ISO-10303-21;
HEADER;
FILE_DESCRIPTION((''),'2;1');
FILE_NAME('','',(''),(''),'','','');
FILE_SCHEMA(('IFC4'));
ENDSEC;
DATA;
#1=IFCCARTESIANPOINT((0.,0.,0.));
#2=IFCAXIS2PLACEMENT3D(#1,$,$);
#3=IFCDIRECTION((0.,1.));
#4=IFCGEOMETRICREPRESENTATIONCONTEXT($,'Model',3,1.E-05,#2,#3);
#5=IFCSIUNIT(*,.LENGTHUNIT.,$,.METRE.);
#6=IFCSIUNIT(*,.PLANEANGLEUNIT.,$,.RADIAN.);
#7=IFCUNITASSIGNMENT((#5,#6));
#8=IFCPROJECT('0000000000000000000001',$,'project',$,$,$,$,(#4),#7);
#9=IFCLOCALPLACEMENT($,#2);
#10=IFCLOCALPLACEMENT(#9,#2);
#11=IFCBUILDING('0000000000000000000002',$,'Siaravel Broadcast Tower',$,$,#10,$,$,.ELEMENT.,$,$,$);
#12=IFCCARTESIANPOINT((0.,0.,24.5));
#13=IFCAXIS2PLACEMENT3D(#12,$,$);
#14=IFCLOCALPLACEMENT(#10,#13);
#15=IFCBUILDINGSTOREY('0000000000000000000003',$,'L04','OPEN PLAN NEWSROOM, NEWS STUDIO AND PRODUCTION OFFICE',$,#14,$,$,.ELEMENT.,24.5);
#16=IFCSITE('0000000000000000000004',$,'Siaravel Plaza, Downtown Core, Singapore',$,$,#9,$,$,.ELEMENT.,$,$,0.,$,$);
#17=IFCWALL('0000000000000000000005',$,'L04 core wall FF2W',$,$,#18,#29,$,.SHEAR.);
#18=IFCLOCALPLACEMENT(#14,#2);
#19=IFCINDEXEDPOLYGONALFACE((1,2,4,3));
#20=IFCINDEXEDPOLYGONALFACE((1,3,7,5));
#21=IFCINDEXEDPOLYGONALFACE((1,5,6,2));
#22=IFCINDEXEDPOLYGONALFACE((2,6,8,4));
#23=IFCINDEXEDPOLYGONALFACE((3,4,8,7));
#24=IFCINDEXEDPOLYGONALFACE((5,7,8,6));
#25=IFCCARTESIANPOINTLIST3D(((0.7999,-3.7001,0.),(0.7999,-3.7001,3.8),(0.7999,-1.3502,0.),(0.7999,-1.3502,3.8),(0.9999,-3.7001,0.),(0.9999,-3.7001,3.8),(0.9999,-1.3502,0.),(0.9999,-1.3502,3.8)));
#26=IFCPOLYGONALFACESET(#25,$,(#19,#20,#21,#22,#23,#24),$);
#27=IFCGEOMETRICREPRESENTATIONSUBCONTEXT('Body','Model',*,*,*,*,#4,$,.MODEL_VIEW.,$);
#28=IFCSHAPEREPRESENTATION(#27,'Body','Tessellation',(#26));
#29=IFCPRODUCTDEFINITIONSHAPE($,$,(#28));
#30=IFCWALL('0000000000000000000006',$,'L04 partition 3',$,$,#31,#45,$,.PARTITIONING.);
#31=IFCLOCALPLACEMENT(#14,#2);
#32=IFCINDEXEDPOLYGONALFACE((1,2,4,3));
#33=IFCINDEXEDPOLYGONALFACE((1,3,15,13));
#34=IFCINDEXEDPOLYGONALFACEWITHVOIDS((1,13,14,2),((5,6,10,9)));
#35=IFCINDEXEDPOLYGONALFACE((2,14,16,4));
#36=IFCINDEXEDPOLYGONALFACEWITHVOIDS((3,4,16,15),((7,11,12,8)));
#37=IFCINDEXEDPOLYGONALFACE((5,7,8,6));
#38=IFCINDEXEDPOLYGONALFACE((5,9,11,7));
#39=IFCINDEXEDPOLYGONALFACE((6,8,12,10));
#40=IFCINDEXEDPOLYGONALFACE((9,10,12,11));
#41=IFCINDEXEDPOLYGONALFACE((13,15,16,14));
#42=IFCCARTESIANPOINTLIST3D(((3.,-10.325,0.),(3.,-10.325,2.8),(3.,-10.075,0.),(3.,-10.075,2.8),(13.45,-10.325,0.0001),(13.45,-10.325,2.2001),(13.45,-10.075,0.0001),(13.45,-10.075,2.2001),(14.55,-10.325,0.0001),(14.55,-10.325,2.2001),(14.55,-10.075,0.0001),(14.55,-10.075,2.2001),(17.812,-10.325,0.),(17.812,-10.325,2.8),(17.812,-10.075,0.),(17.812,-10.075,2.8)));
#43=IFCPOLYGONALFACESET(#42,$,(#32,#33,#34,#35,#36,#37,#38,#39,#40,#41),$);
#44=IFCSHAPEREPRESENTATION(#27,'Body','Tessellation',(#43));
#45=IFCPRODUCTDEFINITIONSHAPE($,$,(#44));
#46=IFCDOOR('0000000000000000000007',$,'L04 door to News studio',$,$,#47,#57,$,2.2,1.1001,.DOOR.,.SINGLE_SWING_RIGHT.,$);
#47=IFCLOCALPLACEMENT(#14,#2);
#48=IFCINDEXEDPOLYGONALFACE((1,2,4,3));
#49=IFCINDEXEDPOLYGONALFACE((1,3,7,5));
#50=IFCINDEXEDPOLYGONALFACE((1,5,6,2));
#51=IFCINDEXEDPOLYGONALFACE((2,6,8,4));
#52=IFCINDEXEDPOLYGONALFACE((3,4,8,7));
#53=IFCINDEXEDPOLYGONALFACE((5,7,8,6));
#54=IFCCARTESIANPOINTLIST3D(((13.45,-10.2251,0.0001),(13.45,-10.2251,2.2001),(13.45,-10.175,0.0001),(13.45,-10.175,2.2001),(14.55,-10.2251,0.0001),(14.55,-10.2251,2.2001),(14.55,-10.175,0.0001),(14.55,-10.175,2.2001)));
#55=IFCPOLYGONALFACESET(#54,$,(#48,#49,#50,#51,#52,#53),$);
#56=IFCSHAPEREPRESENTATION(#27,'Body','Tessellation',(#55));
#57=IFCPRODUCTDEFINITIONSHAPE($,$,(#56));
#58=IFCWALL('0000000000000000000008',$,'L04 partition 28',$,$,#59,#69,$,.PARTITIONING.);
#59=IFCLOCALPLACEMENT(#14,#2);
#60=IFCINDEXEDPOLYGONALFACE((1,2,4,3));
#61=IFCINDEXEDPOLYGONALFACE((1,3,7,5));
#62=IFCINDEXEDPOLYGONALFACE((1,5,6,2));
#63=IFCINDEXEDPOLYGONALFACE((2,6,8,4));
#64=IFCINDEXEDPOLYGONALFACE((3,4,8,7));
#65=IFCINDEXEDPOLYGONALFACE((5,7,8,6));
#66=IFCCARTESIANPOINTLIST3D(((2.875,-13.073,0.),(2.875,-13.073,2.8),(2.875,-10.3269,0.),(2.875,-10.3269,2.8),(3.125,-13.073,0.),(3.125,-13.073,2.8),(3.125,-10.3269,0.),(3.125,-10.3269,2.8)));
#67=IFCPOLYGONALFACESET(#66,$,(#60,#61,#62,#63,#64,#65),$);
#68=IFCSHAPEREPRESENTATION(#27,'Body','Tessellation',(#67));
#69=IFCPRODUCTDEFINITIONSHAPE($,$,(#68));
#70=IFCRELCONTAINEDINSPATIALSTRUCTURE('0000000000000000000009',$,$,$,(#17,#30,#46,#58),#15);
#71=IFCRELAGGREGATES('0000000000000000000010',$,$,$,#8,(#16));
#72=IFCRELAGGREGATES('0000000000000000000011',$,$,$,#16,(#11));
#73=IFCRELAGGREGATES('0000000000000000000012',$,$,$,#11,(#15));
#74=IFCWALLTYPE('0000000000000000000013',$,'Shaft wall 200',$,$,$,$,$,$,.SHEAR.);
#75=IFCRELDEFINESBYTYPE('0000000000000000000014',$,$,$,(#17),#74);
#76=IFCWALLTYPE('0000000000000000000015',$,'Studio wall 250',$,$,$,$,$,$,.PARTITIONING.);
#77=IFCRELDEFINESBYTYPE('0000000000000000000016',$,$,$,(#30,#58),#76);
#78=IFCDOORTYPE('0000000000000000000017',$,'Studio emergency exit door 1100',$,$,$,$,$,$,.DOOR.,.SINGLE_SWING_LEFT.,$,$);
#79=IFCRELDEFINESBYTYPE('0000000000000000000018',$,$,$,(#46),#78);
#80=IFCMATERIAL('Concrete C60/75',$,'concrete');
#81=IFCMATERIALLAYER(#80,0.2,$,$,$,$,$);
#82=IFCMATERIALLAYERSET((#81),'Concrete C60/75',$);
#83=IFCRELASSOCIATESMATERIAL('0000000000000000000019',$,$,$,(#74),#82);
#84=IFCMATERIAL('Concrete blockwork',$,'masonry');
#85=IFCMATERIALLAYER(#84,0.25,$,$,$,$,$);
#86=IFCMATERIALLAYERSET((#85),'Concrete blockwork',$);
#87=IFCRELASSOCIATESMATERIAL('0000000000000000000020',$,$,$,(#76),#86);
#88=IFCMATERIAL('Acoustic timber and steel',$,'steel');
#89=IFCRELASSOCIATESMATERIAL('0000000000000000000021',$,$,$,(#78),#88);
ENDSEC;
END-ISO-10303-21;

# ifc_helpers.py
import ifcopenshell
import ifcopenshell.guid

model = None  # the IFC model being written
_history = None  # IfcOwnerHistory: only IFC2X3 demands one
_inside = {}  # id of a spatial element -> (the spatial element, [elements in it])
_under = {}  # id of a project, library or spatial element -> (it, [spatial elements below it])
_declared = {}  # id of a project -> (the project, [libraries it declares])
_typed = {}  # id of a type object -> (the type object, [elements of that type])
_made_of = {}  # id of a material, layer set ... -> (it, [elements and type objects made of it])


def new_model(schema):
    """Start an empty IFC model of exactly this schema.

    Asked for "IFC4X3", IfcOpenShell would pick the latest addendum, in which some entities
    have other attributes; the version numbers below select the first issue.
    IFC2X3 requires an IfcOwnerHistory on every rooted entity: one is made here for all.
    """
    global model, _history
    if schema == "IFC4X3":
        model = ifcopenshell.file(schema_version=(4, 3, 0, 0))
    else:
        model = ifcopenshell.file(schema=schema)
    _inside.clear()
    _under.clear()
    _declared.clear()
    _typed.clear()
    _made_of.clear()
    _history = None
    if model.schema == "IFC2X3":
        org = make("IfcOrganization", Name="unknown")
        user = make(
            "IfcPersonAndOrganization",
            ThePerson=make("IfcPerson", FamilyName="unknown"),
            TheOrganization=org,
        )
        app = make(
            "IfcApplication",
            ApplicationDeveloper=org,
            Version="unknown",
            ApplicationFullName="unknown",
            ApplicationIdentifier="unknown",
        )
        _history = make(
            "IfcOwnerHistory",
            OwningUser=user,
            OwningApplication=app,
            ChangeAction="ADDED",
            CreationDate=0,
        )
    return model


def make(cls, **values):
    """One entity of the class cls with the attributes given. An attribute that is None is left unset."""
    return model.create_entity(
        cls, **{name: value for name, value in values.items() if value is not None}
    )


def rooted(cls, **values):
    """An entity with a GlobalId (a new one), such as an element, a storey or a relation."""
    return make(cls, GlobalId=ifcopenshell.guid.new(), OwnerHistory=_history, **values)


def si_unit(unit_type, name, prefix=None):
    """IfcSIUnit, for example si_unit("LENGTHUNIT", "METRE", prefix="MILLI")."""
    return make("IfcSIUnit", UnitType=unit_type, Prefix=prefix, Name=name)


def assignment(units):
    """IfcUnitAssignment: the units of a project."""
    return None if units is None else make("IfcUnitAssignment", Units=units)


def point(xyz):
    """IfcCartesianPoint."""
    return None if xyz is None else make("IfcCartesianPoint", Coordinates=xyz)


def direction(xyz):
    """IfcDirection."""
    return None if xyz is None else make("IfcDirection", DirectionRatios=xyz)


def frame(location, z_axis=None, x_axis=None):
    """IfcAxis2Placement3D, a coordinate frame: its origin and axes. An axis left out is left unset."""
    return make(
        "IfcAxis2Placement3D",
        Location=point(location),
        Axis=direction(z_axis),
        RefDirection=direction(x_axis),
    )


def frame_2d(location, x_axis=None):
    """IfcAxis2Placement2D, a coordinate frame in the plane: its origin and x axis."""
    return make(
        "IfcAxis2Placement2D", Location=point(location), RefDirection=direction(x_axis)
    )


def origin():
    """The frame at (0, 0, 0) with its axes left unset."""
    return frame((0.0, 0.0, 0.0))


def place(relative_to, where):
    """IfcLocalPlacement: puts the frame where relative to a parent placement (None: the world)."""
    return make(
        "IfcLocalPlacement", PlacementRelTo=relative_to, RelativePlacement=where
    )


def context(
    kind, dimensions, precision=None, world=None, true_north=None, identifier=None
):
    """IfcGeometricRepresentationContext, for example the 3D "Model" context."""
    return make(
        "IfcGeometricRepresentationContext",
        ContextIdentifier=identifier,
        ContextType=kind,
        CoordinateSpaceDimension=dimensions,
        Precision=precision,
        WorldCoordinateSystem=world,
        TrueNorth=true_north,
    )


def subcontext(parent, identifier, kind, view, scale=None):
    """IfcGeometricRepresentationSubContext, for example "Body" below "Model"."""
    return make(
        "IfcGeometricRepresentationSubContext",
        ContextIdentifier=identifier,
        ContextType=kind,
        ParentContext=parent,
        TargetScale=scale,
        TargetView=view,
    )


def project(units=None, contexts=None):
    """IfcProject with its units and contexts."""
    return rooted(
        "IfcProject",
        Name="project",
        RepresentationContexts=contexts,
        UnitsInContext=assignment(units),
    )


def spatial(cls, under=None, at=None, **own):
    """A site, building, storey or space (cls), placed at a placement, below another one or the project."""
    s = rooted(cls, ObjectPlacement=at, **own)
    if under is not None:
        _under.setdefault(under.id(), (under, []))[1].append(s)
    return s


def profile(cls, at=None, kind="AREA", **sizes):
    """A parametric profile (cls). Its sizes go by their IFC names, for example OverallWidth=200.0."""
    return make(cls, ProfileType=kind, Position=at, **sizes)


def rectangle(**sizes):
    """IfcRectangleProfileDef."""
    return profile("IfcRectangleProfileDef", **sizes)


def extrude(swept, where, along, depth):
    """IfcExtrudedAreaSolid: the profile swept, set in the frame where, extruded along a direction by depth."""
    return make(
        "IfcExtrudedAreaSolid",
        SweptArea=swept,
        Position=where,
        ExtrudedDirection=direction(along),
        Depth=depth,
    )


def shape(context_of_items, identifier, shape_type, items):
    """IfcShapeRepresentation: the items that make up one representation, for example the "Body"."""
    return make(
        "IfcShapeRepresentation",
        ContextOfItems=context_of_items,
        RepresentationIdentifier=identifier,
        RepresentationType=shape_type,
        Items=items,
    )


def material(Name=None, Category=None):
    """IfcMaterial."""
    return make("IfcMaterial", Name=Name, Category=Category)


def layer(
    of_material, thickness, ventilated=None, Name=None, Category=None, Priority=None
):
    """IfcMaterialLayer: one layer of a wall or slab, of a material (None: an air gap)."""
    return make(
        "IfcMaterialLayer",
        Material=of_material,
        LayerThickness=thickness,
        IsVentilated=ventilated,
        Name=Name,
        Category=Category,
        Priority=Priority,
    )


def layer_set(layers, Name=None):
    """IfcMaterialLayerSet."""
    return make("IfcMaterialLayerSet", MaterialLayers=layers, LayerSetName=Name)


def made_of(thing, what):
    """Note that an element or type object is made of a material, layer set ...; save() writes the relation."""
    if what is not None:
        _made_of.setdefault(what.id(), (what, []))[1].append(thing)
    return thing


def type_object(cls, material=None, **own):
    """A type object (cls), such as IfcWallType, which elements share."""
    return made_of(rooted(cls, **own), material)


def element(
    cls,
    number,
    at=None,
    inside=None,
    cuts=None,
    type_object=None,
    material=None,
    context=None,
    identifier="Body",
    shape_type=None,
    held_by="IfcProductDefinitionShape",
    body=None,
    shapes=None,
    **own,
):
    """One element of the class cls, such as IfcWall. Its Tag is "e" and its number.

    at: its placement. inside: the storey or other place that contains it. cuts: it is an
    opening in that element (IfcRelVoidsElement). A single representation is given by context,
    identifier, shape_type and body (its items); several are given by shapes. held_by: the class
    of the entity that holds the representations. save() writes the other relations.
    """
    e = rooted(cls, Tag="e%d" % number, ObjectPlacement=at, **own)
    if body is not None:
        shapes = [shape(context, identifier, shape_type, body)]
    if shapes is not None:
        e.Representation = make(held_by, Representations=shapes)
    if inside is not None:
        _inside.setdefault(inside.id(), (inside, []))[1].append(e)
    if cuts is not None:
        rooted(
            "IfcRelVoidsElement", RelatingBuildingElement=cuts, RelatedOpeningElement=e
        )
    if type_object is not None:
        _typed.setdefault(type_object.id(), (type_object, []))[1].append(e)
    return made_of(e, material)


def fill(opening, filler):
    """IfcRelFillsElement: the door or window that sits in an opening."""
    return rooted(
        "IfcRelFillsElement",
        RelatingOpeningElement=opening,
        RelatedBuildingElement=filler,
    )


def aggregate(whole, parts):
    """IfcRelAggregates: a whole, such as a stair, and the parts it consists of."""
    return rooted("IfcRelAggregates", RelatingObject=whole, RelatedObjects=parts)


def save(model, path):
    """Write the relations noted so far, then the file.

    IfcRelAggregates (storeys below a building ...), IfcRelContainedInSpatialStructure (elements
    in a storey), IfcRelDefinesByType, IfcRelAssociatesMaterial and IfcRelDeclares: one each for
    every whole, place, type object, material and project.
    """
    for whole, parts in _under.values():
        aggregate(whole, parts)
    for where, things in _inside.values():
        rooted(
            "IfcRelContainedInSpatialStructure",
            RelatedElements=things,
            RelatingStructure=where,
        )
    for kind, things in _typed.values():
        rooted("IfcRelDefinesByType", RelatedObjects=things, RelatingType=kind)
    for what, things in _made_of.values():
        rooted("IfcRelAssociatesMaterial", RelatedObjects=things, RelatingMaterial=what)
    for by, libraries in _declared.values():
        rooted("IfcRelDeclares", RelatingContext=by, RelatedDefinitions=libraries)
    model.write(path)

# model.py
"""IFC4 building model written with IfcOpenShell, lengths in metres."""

from ifc_helpers import new_model, si_unit, direction, frame, frame_2d, origin, place, context, subcontext, project, spatial, rectangle, extrude, material, layer, layer_set, type_object, element, fill, save


model = new_model("IFC4")

# Units and contexts
model_context = context("Model", 3, precision=1e-05, world=origin(), true_north=direction((0.0, 1.0)))
body_context = subcontext(model_context, "Body", "Model", "MODEL_VIEW")
ifc_project = project(units=[si_unit("LENGTHUNIT", "METRE"), si_unit("PLANEANGLEUNIT", "RADIAN")], contexts=[model_context])

# Site, building, storey
site_placement = place(None, origin())
site = spatial("IfcSite", under=ifc_project, at=site_placement, Name="Siaravel Plaza, Downtown Core, Singapore", CompositionType="ELEMENT", RefElevation=0.0)
building_placement = place(site_placement, origin())
building = spatial("IfcBuilding", under=site, at=building_placement, Name="Siaravel Broadcast Tower", CompositionType="ELEMENT")
storey_placement = place(building_placement, frame((0.0, 0.0, 24.5)))
storey = spatial("IfcBuildingStorey", under=building, at=storey_placement, Name="L04", Description="OPEN PLAN NEWSROOM, NEWS STUDIO AND PRODUCTION OFFICE", CompositionType="ELEMENT", Elevation=24.5)

# Shared definitions
ifc_material_1 = material(Name="Concrete blockwork", Category="masonry")

# Shared definitions
ifc_material_2 = material(Name="Concrete C60/75", Category="concrete")

# Shared definitions
ifc_layer_1 = layer(ifc_material_2, 0.2)
ifc_layer_set_1 = layer_set([ifc_layer_1], Name="Concrete C60/75")
wall_type_1 = type_object("IfcWallType", Name="Shaft wall 200", PredefinedType="SHEAR", material=ifc_layer_set_1)

# Wall
wall_1_placement = place(storey_placement, frame((0.8999, -3.7, 0.0), z_axis=(0.0, 0.0, 1.0), x_axis=(0.0, 1.0, 0.0)))
element("IfcWall", 1, at=wall_1_placement, inside=storey, type_object=wall_type_1, Name="L04 core wall FF2W", PredefinedType="SHEAR", context=body_context, shape_type="SweptSolid", body=[
    extrude(rectangle(XDim=2.3499, YDim=0.2, at=frame_2d((1.1748, 0.0))), origin(), (0.0, 0.0, 1.0), 3.8),
])

# Wall, opening, door
ifc_layer_2 = layer(ifc_material_1, 0.25)
ifc_layer_set_2 = layer_set([ifc_layer_2], Name="Concrete blockwork")
wall_type_2 = type_object("IfcWallType", Name="Studio wall 250", PredefinedType="PARTITIONING", material=ifc_layer_set_2)
wall_2_placement = place(storey_placement, frame((3.0, -10.2, 0.0), z_axis=(0.0, 0.0, 1.0), x_axis=(1.0, 0.0, 0.0)))
wall_2 = element("IfcWall", 2, at=wall_2_placement, inside=storey, type_object=wall_type_2, Name="L04 partition 3", PredefinedType="PARTITIONING", context=body_context, shape_type="SweptSolid", body=[
    extrude(rectangle(XDim=14.812, YDim=0.25, at=frame_2d((7.406, 0.0))), origin(), (0.0, 0.0, 1.0), 2.8),
])
opening_1_placement = place(wall_2_placement, frame((10.45, 0.0, 0.0)))
opening_1 = element("IfcOpeningElement", 3, at=opening_1_placement, cuts=wall_2, PredefinedType="OPENING", context=body_context, shape_type="SweptSolid", body=[
    extrude(rectangle(XDim=1.1001, YDim=2.2, at=frame_2d((0.55, 1.1001))), frame((0.0, 0.135, 0.0), z_axis=(0.0, -1.0, 0.0), x_axis=(1.0, 0.0, 0.0)), (0.0, 0.0, 1.0), 0.27),
])
ifc_material_3 = material(Name="Acoustic timber and steel", Category="steel")
door_type_1 = type_object("IfcDoorType", Name="Studio emergency exit door 1100", OperationType="SINGLE_SWING_LEFT", PredefinedType="DOOR", material=ifc_material_3)
door_1_placement = place(opening_1_placement, origin())
door_1 = element("IfcDoor", 4, at=door_1_placement, inside=storey, type_object=door_type_1, Name="L04 door to News studio", OperationType="SINGLE_SWING_RIGHT", OverallHeight=2.2, OverallWidth=1.1001, PredefinedType="DOOR", context=body_context, shape_type="SweptSolid", body=[
    extrude(rectangle(XDim=1.1001, YDim=2.2, at=frame_2d((0.55, 1.1001))), frame((0.0, 0.0249, 0.0), z_axis=(0.0, -1.0, 0.0), x_axis=(1.0, 0.0, 0.0)), (0.0, 0.0, 1.0), 0.05),
])
fill(opening_1, door_1)

# Wall
wall_3_placement = place(storey_placement, frame((3.0, -13.073, 0.0), z_axis=(0.0, 0.0, 1.0), x_axis=(0.0, 1.0, 0.0)))
element("IfcWall", 5, at=wall_3_placement, inside=storey, type_object=wall_type_2, Name="L04 partition 28", PredefinedType="PARTITIONING", context=body_context, shape_type="SweptSolid", body=[
    extrude(rectangle(XDim=2.7461, YDim=0.25, at=frame_2d((1.373, 0.0))), origin(), (0.0, 0.0, 1.0), 2.8),
])

save(model, "model.ifc")
